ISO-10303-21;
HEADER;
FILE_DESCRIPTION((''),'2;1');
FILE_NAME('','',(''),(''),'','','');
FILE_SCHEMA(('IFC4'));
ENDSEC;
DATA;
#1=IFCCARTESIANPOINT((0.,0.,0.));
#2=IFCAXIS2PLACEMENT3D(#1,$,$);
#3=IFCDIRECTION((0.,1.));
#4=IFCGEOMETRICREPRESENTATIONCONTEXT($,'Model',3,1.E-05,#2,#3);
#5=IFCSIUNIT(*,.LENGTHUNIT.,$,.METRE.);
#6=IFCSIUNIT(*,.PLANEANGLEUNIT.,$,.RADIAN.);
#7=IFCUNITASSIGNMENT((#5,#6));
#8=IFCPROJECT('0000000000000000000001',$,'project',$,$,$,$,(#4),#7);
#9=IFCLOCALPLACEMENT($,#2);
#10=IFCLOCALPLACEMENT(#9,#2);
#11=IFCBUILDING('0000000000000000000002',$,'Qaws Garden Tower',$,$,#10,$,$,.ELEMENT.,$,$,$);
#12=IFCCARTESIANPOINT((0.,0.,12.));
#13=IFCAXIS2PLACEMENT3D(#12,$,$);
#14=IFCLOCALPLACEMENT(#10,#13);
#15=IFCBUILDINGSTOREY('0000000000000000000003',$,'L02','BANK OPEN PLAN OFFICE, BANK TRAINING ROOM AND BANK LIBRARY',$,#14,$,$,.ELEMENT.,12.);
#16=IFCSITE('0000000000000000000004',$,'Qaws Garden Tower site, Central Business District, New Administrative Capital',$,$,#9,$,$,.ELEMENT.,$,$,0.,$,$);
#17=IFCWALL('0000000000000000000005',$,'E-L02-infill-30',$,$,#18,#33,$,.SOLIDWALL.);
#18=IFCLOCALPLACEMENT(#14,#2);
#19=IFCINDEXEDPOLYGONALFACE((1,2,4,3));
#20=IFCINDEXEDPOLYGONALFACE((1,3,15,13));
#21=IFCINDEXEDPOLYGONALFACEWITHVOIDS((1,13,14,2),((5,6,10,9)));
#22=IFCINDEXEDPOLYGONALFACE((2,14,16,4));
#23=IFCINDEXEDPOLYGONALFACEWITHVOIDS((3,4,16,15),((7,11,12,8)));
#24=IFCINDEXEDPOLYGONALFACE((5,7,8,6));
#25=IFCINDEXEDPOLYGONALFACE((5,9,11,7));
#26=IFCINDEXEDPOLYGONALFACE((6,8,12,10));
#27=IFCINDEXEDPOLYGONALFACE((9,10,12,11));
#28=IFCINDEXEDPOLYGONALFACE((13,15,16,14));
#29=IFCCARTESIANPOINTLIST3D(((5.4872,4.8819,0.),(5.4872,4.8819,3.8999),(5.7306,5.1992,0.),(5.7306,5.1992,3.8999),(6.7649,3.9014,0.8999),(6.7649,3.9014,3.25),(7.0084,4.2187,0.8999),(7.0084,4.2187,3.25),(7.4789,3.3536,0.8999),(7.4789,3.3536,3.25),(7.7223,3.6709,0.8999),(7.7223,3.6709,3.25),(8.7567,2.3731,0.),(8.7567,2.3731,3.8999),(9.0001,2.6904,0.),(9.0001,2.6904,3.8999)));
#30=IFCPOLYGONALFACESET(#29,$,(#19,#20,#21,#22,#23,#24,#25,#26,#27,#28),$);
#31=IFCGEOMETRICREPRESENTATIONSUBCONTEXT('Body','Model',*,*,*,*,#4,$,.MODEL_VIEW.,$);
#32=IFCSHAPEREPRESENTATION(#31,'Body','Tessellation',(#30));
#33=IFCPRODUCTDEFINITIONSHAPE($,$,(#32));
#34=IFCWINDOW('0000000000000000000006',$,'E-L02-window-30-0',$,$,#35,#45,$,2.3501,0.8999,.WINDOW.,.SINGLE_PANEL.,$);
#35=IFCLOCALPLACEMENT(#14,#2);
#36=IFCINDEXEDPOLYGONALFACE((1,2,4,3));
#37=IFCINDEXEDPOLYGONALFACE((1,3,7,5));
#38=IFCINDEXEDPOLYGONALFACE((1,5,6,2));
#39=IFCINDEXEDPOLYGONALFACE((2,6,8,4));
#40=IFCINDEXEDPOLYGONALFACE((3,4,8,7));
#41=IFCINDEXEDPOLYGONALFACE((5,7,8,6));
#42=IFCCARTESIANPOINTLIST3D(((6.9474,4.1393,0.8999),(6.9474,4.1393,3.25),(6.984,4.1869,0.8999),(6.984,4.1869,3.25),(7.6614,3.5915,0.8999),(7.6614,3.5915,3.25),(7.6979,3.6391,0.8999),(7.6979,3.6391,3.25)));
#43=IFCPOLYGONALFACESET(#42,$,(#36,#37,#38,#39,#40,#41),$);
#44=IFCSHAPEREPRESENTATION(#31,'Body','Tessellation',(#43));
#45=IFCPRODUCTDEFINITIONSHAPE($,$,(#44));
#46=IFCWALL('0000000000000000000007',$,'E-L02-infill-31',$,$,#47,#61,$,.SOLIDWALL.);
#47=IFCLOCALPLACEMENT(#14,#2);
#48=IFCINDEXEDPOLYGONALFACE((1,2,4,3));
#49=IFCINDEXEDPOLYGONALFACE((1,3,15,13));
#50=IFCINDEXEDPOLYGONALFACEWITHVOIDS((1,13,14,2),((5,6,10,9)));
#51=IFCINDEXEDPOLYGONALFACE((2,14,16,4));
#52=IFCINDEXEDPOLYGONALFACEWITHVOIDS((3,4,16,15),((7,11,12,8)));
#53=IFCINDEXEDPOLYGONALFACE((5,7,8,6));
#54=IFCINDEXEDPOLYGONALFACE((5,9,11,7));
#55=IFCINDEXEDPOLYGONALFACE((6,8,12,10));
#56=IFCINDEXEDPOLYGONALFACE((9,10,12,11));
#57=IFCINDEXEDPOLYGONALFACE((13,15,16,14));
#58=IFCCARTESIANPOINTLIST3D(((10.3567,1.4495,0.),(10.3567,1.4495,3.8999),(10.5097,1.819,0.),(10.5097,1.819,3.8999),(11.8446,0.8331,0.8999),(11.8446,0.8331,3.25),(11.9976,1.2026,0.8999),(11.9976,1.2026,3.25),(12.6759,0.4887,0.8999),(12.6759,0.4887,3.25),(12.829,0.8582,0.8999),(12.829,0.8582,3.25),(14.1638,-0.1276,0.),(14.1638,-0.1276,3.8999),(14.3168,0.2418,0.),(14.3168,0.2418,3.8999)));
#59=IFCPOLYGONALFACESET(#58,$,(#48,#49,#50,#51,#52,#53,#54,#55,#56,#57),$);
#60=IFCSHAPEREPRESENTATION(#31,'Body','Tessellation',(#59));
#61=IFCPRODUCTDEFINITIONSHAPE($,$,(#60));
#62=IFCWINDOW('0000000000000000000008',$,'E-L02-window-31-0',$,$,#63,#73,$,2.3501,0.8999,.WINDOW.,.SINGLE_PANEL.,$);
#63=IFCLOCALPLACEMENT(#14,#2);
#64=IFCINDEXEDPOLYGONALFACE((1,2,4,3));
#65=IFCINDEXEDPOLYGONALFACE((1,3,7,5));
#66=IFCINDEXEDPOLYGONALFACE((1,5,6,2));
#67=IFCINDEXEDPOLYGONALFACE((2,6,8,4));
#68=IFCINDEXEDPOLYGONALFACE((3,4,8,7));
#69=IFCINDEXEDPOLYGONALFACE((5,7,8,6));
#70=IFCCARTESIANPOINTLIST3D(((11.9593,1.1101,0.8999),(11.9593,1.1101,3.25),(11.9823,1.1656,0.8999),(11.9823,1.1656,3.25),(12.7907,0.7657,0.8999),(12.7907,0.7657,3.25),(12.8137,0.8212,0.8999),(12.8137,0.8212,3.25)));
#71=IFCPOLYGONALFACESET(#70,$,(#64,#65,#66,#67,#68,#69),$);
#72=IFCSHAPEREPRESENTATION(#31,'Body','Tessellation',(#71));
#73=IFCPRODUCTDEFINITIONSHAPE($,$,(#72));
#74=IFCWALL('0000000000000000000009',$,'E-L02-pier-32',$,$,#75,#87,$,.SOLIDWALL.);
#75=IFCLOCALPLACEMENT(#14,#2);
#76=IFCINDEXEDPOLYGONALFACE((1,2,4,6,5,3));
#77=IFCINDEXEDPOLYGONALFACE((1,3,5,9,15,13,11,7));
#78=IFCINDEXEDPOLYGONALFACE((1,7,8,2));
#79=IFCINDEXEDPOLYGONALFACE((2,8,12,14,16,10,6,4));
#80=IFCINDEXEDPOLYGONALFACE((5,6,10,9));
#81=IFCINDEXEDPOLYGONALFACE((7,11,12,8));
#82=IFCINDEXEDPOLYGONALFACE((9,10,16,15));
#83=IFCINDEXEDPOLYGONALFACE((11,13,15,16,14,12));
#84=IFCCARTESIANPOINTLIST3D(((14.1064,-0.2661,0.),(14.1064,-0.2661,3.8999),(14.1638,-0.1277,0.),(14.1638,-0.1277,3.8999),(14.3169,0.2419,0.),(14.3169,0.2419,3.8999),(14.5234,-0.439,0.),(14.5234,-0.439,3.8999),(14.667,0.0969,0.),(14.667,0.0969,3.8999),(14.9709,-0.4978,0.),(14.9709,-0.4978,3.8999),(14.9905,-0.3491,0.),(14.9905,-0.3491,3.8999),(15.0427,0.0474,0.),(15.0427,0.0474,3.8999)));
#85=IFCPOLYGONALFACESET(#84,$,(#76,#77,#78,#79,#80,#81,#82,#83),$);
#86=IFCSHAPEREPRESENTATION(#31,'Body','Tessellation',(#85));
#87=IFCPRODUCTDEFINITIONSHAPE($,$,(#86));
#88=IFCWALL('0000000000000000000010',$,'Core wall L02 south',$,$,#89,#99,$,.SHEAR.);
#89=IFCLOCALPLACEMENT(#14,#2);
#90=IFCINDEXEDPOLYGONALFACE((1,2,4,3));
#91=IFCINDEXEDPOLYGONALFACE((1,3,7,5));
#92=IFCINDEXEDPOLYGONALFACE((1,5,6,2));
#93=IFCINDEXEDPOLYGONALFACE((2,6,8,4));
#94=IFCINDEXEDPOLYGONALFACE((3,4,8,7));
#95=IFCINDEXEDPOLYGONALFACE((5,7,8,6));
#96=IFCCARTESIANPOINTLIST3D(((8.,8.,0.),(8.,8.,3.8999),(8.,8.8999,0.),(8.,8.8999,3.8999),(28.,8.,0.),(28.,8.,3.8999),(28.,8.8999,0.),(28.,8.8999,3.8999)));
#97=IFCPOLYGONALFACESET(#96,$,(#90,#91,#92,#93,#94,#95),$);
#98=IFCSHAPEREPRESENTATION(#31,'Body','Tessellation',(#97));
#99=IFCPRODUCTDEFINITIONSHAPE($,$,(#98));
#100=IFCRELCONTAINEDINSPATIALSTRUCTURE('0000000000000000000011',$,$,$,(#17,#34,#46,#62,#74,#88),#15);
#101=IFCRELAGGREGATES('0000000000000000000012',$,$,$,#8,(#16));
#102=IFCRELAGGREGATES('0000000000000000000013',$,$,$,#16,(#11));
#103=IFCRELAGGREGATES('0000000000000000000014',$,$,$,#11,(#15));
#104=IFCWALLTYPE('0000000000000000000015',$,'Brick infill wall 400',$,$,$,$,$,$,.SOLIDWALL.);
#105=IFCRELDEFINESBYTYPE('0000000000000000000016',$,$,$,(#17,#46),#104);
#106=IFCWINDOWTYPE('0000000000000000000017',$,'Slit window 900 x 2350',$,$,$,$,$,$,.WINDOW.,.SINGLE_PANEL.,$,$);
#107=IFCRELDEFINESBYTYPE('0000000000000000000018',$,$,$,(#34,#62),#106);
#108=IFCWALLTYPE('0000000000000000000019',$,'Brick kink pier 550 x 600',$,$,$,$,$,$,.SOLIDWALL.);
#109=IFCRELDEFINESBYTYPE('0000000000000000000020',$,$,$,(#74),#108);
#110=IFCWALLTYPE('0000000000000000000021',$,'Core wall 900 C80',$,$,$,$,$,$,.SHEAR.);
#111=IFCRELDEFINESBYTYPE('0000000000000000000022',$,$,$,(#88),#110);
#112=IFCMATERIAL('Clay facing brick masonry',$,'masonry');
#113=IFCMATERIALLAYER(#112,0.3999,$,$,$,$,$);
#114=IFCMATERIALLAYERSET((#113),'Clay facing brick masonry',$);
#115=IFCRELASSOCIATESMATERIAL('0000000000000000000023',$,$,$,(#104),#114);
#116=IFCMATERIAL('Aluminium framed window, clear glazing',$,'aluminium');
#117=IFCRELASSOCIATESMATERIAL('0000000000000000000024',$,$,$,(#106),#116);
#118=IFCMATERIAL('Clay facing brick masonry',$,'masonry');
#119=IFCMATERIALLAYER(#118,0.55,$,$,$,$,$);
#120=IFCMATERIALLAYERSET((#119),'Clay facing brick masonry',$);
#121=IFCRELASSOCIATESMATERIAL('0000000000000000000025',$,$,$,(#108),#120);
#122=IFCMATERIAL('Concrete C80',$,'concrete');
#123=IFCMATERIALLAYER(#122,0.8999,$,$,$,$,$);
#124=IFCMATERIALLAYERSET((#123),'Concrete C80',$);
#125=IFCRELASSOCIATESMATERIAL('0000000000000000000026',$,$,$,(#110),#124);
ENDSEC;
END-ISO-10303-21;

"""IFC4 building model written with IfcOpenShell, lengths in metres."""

from ifc_helpers import new_model, si_unit, direction, frame, frame_2d, origin, place, context, subcontext, project, spatial, polyline, rectangle, outline, extrude, material, layer, layer_set, type_object, element, fill, save


model = new_model("IFC4")

# Units and contexts
model_context = context("Model", 3, precision=1e-05, world=origin(), true_north=direction((0.0, 1.0)))
body_context = subcontext(model_context, "Body", "Model", "MODEL_VIEW")
ifc_project = project(units=[si_unit("LENGTHUNIT", "METRE"), si_unit("PLANEANGLEUNIT", "RADIAN")], contexts=[model_context])

# Site, building, storey
site_placement = place(None, origin())
site = spatial("IfcSite", under=ifc_project, at=site_placement, Name="Qaws Garden Tower site, Central Business District, New Administrative Capital", CompositionType="ELEMENT", RefElevation=0.0)
building_placement = place(site_placement, origin())
building = spatial("IfcBuilding", under=site, at=building_placement, Name="Qaws Garden Tower", CompositionType="ELEMENT")
storey_placement = place(building_placement, frame((0.0, 0.0, 12.0)))
storey = spatial("IfcBuildingStorey", under=building, at=storey_placement, Name="L02", Description="BANK OPEN PLAN OFFICE, BANK TRAINING ROOM AND BANK LIBRARY", CompositionType="ELEMENT", Elevation=12.0)

# Shared definitions
placement_1 = place(storey_placement, origin())

# Walls, openings, windows
ifc_material_1 = material(Name="Clay facing brick masonry", Category="masonry")
ifc_layer_1 = layer(ifc_material_1, 0.3999)
ifc_layer_set_1 = layer_set([ifc_layer_1], Name="Clay facing brick masonry")
wall_type_1 = type_object("IfcWallType", Name="Brick infill wall 400", PredefinedType="SOLIDWALL", material=ifc_layer_set_1)
ifc_material_2 = material(Name="Aluminium framed window, clear glazing", Category="aluminium")
window_type = type_object("IfcWindowType", Name="Slit window 900 x 2350", PartitioningType="SINGLE_PANEL", PredefinedType="WINDOW", material=ifc_material_2)
wall_1_placement = place(storey_placement, frame((5.6089, 5.0405, 0.0), z_axis=(0.0, 0.0, 1.0), x_axis=(0.793355, -0.60876, 0.0)))
wall_1 = element("IfcWall", 1, at=wall_1_placement, inside=storey, type_object=wall_type_1, Name="E-L02-infill-30", PredefinedType="SOLIDWALL", context=body_context, shape_type="SweptSolid", body=[
    extrude(rectangle(XDim=4.1211, YDim=0.3999, at=frame_2d((2.0605, 0.0))), origin(), (0.0, 0.0, 1.0), 3.8999),
])
opening_1_placement = place(wall_1_placement, frame((1.6106, 0.0, 0.8999)))
opening_1 = element("IfcOpeningElement", 2, at=opening_1_placement, cuts=wall_1, PredefinedType="OPENING", context=body_context, shape_type="SweptSolid", body=[
    extrude(rectangle(XDim=0.8999, YDim=2.3501, at=frame_2d((0.45, 1.175))), frame((0.0, 0.21, 0.0), z_axis=(0.0, -1.0, 0.0), x_axis=(1.0, 0.0, 0.0)), (0.0, 0.0, 1.0), 0.4199),
])
window_1_placement = place(opening_1_placement, origin())
window_1 = element("IfcWindow", 3, at=window_1_placement, inside=storey, type_object=window_type, Name="E-L02-window-30-0", OverallHeight=2.3501, OverallWidth=0.8999, PartitioningType="SINGLE_PANEL", PredefinedType="WINDOW", context=body_context, shape_type="SweptSolid", body=[
    extrude(rectangle(XDim=0.8999, YDim=2.3501, at=frame_2d((0.45, 1.175))), frame((0.0, 0.1599, 0.0), z_axis=(0.0, -1.0, 0.0), x_axis=(1.0, 0.0, 0.0)), (0.0, 0.0, 1.0), 0.0601),
])
fill(opening_1, window_1)
wall_2_placement = place(storey_placement, frame((10.4331, 1.6343, 0.0), z_axis=(0.0, 0.0, 1.0), x_axis=(0.923864, -0.382722, 0.0)))
wall_2 = element("IfcWall", 4, at=wall_2_placement, inside=storey, type_object=wall_type_1, Name="E-L02-infill-31", PredefinedType="SOLIDWALL", context=body_context, shape_type="SweptSolid", body=[
    extrude(rectangle(XDim=4.1208, YDim=0.3999, at=frame_2d((2.0605, 0.0))), origin(), (0.0, 0.0, 1.0), 3.8999),
])
opening_2_placement = place(wall_2_placement, frame((1.6106, 0.0, 0.8999)))
opening_2 = element("IfcOpeningElement", 5, at=opening_2_placement, cuts=wall_2, PredefinedType="OPENING", context=body_context, shape_type="SweptSolid", body=[
    extrude(rectangle(XDim=0.8999, YDim=2.3501, at=frame_2d((0.45, 1.175))), frame((0.0, 0.21, 0.0), z_axis=(0.0, -1.0, 0.0), x_axis=(1.0, 0.0, 0.0)), (0.0, 0.0, 1.0), 0.4199),
])
window_2_placement = place(opening_2_placement, origin())
window_2 = element("IfcWindow", 6, at=window_2_placement, inside=storey, type_object=window_type, Name="E-L02-window-31-0", OverallHeight=2.3501, OverallWidth=0.8999, PartitioningType="SINGLE_PANEL", PredefinedType="WINDOW", context=body_context, shape_type="SweptSolid", body=[
    extrude(rectangle(XDim=0.8999, YDim=2.3501, at=frame_2d((0.45, 1.175))), frame((0.0, 0.1599, 0.0), z_axis=(0.0, -1.0, 0.0), x_axis=(1.0, 0.0, 0.0)), (0.0, 0.0, 1.0), 0.0601),
])
fill(opening_2, window_2)

# Walls
ifc_material_3 = material(Name="Clay facing brick masonry", Category="masonry")
ifc_layer_2 = layer(ifc_material_3, 0.55)
ifc_layer_set_2 = layer_set([ifc_layer_2], Name="Clay facing brick masonry")
wall_type_2 = type_object("IfcWallType", Name="Brick kink pier 550 x 600", PredefinedType="SOLIDWALL", material=ifc_layer_set_2)
element("IfcWall", 7, at=placement_1, inside=storey, type_object=wall_type_2, Name="E-L02-pier-32", PredefinedType="SOLIDWALL", context=body_context, shape_type="SweptSolid", body=[
    extrude(outline(polyline([(14.1638, -0.1277), (14.1064, -0.2661), (14.5234, -0.439), (14.9709, -0.4978), (14.9905, -0.3491), (15.0427, 0.0474), (14.667, 0.0969), (14.3169, 0.2419), (14.1638, -0.1277)])), origin(), (0.0, 0.0, 1.0), 3.8999),
])
ifc_material_4 = material(Name="Concrete C80", Category="concrete")
ifc_layer_3 = layer(ifc_material_4, 0.8999)
ifc_layer_set_3 = layer_set([ifc_layer_3], Name="Concrete C80")
wall_type_3 = type_object("IfcWallType", Name="Core wall 900 C80", PredefinedType="SHEAR", material=ifc_layer_set_3)
wall_3_placement = place(storey_placement, frame((8.0, 8.45, 0.0), z_axis=(0.0, 0.0, 1.0), x_axis=(1.0, 0.0, 0.0)))
element("IfcWall", 8, at=wall_3_placement, inside=storey, type_object=wall_type_3, Name="Core wall L02 south", PredefinedType="SHEAR", context=body_context, shape_type="SweptSolid", body=[
    extrude(rectangle(XDim=20.0, YDim=0.8999, at=frame_2d((10.0, 0.0))), origin(), (0.0, 0.0, 1.0), 3.8999),
])

save(model, "model.ifc")
